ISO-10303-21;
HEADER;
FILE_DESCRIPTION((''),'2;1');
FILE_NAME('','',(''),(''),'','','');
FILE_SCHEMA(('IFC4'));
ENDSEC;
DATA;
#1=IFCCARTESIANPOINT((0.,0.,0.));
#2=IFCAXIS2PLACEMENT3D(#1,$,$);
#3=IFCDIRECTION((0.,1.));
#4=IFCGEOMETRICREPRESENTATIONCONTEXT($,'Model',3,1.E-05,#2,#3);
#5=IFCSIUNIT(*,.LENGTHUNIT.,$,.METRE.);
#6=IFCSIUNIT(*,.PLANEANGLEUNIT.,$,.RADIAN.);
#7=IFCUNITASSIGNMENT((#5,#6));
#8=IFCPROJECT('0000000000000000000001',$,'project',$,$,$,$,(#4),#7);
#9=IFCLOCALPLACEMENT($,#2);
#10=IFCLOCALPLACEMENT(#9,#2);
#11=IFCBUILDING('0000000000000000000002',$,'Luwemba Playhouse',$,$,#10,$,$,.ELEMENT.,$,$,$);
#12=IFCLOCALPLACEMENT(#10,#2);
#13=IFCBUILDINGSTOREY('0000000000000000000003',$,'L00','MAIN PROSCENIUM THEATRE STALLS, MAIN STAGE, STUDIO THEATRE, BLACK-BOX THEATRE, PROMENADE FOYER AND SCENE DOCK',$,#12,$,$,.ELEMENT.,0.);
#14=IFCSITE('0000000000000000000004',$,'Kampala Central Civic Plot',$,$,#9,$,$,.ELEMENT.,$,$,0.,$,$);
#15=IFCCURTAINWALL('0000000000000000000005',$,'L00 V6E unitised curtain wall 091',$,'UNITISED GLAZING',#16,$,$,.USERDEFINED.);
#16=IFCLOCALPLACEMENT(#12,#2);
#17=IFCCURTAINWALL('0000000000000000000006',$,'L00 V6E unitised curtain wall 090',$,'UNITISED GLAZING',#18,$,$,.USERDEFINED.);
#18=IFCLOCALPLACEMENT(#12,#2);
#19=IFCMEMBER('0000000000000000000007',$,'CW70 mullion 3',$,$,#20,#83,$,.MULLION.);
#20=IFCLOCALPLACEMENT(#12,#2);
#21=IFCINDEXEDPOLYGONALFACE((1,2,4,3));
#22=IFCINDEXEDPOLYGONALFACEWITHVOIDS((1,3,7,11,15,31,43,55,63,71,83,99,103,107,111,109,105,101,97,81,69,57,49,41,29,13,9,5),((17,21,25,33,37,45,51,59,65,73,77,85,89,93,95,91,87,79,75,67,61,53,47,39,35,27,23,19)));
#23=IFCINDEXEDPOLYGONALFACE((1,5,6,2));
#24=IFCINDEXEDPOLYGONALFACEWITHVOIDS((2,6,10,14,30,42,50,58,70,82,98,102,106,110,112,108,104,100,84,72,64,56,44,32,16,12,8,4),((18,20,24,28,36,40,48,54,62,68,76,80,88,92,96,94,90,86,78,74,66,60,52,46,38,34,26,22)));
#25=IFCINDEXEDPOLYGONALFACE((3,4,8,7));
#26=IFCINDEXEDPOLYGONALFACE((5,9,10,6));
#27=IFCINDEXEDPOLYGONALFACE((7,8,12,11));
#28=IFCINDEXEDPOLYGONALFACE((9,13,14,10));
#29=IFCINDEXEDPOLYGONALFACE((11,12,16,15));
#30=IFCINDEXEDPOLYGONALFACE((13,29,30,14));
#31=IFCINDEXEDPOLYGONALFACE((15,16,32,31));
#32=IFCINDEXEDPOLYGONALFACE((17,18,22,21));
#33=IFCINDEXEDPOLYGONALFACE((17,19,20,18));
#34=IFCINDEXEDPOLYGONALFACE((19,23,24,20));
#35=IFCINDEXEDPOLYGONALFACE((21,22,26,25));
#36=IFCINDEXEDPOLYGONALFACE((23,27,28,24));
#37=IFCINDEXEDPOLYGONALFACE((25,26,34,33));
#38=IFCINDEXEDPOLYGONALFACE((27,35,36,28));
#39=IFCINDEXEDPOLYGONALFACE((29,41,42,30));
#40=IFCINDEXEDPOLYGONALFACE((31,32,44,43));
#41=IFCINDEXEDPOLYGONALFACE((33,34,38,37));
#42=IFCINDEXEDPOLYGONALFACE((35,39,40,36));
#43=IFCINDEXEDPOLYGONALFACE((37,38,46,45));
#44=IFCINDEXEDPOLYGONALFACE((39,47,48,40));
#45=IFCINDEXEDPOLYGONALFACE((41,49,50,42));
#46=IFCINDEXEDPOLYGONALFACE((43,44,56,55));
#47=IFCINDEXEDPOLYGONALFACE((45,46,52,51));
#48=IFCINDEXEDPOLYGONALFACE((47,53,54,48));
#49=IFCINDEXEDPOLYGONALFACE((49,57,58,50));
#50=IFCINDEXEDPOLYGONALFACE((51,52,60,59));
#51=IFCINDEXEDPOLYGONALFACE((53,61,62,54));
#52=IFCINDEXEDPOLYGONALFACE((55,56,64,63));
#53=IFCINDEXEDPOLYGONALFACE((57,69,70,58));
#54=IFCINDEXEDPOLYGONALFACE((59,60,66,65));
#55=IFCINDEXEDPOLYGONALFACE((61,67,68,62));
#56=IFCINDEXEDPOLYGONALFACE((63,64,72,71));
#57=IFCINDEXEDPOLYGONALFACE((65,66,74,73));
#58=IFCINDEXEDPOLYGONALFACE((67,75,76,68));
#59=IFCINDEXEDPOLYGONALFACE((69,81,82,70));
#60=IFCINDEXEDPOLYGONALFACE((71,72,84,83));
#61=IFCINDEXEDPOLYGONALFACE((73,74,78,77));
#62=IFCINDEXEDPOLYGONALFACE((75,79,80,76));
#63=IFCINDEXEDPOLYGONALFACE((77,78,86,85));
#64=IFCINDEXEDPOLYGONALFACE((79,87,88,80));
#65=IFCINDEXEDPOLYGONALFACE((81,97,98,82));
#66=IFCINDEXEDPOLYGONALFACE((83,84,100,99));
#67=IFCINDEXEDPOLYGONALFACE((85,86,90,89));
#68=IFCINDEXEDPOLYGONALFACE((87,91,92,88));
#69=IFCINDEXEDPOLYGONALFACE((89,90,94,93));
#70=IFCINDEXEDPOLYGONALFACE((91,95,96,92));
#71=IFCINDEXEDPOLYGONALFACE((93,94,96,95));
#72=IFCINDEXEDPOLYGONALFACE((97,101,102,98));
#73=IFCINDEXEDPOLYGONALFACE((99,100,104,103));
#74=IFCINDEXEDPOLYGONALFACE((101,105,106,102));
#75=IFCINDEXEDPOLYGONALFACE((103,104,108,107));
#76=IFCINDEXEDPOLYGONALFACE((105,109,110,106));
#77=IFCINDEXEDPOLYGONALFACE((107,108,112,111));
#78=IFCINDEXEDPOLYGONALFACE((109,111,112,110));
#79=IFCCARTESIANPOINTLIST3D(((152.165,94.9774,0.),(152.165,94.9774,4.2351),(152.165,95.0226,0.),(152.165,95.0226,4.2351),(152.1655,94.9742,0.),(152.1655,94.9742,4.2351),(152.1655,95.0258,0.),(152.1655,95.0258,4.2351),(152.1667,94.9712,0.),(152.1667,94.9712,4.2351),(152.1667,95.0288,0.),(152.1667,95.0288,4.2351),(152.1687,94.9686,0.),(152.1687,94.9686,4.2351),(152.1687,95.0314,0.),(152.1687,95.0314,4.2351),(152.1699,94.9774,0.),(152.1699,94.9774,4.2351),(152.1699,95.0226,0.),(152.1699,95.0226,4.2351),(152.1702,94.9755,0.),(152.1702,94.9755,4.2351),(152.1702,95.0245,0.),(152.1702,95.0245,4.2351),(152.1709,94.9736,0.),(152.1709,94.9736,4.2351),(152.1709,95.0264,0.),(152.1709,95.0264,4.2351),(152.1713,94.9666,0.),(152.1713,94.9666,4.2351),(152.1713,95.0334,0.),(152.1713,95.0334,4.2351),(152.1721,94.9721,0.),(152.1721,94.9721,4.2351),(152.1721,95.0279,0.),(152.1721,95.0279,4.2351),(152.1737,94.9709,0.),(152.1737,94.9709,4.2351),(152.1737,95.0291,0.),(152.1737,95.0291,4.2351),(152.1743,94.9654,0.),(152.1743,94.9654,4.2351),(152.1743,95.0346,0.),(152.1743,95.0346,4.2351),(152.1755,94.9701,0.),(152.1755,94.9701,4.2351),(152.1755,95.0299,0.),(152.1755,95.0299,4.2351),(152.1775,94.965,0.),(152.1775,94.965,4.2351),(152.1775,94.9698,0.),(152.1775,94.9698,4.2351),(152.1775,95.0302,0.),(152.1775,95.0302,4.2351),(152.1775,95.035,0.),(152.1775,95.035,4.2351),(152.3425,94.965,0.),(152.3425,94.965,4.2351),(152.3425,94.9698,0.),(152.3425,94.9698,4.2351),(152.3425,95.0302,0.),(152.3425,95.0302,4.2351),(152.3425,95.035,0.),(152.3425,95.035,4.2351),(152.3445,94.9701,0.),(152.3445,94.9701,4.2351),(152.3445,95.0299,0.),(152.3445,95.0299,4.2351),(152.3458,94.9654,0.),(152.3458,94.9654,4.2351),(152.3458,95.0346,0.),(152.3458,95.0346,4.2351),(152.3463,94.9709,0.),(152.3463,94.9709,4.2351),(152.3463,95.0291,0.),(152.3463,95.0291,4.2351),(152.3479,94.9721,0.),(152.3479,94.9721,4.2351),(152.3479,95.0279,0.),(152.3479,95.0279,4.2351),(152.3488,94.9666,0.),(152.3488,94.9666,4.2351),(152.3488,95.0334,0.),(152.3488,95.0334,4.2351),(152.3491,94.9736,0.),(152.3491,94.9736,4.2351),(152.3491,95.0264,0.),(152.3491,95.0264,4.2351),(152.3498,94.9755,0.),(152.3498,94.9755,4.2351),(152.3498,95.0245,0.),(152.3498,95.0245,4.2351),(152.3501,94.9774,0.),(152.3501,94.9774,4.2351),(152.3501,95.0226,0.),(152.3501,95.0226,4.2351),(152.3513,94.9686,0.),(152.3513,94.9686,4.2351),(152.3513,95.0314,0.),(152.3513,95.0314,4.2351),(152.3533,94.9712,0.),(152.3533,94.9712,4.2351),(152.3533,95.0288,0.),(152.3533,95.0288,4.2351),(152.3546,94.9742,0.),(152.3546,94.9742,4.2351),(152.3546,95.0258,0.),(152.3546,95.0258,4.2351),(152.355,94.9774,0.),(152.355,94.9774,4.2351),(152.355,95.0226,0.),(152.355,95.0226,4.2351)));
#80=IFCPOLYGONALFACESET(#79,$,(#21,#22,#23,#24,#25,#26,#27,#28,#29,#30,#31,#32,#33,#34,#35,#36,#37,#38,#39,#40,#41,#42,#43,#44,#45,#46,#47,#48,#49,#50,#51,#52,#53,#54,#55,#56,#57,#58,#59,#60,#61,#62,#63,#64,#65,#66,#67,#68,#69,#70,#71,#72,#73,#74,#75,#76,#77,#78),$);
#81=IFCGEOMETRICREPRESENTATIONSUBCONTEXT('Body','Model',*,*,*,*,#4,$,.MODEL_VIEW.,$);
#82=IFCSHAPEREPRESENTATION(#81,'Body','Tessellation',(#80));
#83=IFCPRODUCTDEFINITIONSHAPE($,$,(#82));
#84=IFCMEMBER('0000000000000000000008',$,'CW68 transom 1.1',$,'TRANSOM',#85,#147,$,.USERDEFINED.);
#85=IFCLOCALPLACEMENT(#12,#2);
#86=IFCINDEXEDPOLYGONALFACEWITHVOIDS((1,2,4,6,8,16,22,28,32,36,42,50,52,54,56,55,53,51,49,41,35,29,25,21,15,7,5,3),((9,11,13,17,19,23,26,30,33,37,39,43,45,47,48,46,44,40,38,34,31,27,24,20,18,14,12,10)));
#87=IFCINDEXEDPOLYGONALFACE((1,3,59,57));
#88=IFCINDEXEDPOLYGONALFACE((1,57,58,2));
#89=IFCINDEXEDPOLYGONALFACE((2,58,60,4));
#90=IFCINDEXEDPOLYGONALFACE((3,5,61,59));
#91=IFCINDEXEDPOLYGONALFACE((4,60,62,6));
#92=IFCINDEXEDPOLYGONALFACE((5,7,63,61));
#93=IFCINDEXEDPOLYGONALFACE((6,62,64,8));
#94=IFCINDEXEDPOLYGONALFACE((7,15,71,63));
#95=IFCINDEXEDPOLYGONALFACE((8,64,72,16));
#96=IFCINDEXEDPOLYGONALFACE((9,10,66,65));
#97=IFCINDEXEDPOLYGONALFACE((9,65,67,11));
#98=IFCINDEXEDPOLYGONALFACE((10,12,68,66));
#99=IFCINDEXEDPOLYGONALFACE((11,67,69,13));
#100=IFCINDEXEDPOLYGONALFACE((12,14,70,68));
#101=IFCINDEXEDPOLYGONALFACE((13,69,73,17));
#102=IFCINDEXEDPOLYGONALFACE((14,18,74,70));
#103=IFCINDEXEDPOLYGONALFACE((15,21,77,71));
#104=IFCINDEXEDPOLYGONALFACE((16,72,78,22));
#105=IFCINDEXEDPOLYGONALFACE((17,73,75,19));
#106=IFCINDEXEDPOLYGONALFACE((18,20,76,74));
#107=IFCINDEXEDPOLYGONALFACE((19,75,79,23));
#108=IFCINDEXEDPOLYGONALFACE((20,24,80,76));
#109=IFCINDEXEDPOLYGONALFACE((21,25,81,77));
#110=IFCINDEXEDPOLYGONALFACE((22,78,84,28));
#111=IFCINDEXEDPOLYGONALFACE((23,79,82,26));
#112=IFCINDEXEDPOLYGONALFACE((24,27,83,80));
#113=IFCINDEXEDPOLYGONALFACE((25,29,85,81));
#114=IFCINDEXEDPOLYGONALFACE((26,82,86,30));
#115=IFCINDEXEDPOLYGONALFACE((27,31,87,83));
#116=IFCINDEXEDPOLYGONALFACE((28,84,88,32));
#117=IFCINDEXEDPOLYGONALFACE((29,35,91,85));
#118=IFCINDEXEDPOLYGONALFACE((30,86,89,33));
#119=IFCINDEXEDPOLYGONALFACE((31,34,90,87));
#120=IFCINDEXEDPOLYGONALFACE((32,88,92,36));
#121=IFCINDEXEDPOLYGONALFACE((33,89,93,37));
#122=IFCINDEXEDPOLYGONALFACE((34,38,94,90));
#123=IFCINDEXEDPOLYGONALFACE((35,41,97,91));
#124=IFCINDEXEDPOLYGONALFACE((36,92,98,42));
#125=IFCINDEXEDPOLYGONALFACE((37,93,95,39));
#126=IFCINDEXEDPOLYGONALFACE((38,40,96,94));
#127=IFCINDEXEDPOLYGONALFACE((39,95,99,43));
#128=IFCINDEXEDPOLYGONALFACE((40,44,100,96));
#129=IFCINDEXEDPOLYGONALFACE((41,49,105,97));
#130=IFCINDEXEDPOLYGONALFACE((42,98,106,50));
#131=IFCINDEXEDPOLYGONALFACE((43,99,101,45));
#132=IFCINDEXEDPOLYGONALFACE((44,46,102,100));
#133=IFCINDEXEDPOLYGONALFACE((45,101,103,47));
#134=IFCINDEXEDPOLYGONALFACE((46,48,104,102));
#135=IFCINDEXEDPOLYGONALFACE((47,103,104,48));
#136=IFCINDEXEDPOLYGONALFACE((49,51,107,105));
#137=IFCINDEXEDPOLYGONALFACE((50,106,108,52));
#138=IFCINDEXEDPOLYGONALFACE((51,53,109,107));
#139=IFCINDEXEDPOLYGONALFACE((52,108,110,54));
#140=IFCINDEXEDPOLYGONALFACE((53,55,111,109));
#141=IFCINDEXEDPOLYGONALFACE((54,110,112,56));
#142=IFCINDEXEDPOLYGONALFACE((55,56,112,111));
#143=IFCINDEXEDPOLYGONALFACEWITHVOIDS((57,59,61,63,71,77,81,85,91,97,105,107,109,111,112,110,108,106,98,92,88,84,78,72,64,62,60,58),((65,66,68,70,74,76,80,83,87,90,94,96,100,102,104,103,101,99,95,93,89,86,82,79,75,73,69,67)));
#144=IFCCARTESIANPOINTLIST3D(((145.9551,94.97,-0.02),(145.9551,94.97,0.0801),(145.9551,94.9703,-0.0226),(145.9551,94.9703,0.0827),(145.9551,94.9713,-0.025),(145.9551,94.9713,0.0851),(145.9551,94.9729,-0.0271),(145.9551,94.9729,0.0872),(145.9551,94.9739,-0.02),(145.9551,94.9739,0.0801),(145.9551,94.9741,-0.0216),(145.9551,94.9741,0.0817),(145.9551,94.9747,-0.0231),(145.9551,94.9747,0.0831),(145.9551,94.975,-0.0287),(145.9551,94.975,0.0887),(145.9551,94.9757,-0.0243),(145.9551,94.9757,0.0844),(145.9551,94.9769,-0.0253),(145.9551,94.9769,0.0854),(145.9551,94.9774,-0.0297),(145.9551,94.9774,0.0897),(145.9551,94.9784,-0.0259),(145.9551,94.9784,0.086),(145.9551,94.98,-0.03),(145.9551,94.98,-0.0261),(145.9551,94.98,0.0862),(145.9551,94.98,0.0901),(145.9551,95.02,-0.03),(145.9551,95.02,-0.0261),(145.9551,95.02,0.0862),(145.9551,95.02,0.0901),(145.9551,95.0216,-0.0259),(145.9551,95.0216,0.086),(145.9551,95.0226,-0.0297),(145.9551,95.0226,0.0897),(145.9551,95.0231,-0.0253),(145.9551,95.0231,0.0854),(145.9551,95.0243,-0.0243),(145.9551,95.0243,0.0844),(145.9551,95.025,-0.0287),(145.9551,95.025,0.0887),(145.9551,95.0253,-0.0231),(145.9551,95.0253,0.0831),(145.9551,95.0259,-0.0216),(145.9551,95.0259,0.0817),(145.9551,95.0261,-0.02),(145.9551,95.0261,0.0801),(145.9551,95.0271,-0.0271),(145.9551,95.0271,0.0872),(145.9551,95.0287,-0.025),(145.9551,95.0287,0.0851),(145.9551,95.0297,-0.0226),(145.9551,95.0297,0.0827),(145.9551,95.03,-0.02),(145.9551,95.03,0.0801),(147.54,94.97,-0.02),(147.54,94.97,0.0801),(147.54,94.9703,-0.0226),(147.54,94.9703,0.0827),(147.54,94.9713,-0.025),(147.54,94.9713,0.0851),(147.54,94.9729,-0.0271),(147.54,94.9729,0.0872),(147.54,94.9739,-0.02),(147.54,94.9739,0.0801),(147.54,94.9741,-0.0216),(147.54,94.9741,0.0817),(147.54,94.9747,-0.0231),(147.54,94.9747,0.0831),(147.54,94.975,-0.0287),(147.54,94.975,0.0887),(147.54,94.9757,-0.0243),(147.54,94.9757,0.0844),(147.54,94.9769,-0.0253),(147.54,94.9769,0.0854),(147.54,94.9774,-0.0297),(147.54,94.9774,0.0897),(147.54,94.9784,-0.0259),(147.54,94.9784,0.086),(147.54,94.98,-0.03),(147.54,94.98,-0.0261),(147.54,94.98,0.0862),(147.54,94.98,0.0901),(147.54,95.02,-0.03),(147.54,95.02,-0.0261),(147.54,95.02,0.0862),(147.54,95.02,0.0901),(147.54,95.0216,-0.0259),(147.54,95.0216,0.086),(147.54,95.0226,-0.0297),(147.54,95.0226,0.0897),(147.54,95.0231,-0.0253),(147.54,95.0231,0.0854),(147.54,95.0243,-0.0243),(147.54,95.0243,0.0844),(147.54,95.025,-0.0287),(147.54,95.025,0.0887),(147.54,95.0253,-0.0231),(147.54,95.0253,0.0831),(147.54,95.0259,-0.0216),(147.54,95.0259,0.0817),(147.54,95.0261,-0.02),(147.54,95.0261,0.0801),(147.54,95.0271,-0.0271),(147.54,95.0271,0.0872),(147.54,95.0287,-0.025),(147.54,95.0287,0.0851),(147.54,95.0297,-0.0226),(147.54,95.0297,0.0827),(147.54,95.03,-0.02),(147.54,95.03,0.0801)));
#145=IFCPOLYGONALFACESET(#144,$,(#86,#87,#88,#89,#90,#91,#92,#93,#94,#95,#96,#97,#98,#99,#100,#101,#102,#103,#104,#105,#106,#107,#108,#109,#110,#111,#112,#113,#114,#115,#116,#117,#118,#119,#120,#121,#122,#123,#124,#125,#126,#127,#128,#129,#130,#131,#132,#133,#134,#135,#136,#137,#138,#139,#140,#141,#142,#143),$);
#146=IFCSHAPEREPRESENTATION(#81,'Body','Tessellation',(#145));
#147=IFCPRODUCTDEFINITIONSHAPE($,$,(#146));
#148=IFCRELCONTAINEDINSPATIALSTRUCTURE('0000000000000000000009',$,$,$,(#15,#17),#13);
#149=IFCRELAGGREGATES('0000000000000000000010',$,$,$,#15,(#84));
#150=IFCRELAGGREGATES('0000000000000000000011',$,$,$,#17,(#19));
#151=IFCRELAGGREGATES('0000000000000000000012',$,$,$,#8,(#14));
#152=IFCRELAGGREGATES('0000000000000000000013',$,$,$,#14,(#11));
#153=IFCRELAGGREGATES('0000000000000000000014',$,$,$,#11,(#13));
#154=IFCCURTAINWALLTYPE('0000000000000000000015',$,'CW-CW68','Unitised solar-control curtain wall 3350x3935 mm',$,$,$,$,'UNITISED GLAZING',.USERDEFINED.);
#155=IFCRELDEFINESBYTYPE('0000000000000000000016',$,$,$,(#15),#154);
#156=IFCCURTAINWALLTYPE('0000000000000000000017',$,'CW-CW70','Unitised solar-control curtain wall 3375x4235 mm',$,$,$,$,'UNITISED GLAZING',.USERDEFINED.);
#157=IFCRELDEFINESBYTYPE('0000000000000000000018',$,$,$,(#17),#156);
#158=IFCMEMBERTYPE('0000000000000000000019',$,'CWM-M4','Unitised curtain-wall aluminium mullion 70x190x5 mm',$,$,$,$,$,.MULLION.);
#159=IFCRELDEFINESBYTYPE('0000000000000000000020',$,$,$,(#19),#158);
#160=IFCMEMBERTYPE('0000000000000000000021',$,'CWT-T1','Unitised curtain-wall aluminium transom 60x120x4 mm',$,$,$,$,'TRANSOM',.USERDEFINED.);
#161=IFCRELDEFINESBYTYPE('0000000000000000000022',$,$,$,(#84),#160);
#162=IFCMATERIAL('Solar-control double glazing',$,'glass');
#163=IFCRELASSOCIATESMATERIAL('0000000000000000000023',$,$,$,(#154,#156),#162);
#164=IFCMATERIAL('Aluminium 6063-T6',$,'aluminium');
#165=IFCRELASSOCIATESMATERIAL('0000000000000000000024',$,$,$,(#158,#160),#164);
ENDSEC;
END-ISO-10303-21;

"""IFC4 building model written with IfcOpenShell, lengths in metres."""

from ifc_helpers import new_model, si_unit, direction, frame, origin, origin_2d, place, context, subcontext, project, spatial, hollow_rectangle, extrude, material, material_profile, profile_set, type_object, element, aggregate, save


model = new_model("IFC4")

# Units and contexts
model_context = context("Model", 3, precision=1e-05, world=origin(), true_north=direction((0.0, 1.0)))
body_context = subcontext(model_context, "Body", "Model", "MODEL_VIEW")
ifc_project = project(units=[si_unit("LENGTHUNIT", "METRE"), si_unit("PLANEANGLEUNIT", "RADIAN")], contexts=[model_context])

# Site, building, storey
site_placement = place(None, origin())
site = spatial("IfcSite", under=ifc_project, at=site_placement, Name="Kampala Central Civic Plot", CompositionType="ELEMENT", RefElevation=0.0)
building_placement = place(site_placement, origin())
building = spatial("IfcBuilding", under=site, at=building_placement, Name="Luwemba Playhouse", CompositionType="ELEMENT")
storey_placement = place(building_placement, origin())
storey = spatial("IfcBuildingStorey", under=building, at=storey_placement, Name="L00", Description="MAIN PROSCENIUM THEATRE STALLS, MAIN STAGE, STUDIO THEATRE, BLACK-BOX THEATRE, PROMENADE FOYER AND SCENE DOCK", CompositionType="ELEMENT", Elevation=0.0)

# Curtain wall
ifc_material_1 = material(Name="Solar-control double glazing", Category="glass")
curtain_wall_type_1 = type_object("IfcCurtainWallType", Name="CW-CW68", Description="Unitised solar-control curtain wall 3350x3935 mm", ElementType="UNITISED GLAZING", PredefinedType="USERDEFINED", material=ifc_material_1)
curtain_wall_1_placement = place(storey_placement, origin())
curtain_wall_1 = element("IfcCurtainWall", 1, at=curtain_wall_1_placement, inside=storey, type_object=curtain_wall_type_1, Name="L00 V6E unitised curtain wall 091", ObjectType="UNITISED GLAZING", PredefinedType="USERDEFINED")
ifc_material_2 = material(Name="Aluminium 6063-T6", Category="aluminium")

# Curtain wall, member
curtain_wall_type_2 = type_object("IfcCurtainWallType", Name="CW-CW70", Description="Unitised solar-control curtain wall 3375x4235 mm", ElementType="UNITISED GLAZING", PredefinedType="USERDEFINED", material=ifc_material_1)
curtain_wall_2_placement = place(storey_placement, origin())
curtain_wall_2 = element("IfcCurtainWall", 2, at=curtain_wall_2_placement, inside=storey, type_object=curtain_wall_type_2, Name="L00 V6E unitised curtain wall 090", ObjectType="UNITISED GLAZING", PredefinedType="USERDEFINED")
ifc_material_profile_1 = material_profile(ifc_material_2, hollow_rectangle(XDim=0.0701, YDim=0.1899, WallThickness=0.0049, InnerFilletRadius=0.0076, OuterFilletRadius=0.0125, at=origin_2d()))
ifc_profile_set_1 = profile_set([ifc_material_profile_1], Name="Aluminium 6063-T6")
member_type_1 = type_object("IfcMemberType", Name="CWM-M4", Description="Unitised curtain-wall aluminium mullion 70x190x5 mm", PredefinedType="MULLION", material=ifc_profile_set_1)
member_1_placement = place(storey_placement, frame((152.26, 95.0, 0.0), z_axis=(0.0, 0.0, 1.0), x_axis=(0.0, -1.0, 0.0)))
member_1 = element("IfcMember", 3, at=member_1_placement, type_object=member_type_1, Name="CW70 mullion 3", PredefinedType="MULLION", context=body_context, shape_type="SweptSolid", body=[
    extrude(hollow_rectangle(XDim=0.0701, YDim=0.1899, WallThickness=0.0049, InnerFilletRadius=0.0076, OuterFilletRadius=0.0125, at=origin_2d()), origin(), (0.0, 0.0, 1.0), 4.2351),
])

# Member
ifc_material_profile_2 = material_profile(ifc_material_2, hollow_rectangle(XDim=0.0601, YDim=0.1201, WallThickness=0.0039, InnerFilletRadius=0.0061, OuterFilletRadius=0.01, at=origin_2d()))
ifc_profile_set_2 = profile_set([ifc_material_profile_2], Name="Aluminium 6063-T6")
member_type_2 = type_object("IfcMemberType", Name="CWT-T1", Description="Unitised curtain-wall aluminium transom 60x120x4 mm", ElementType="TRANSOM", PredefinedType="USERDEFINED", material=ifc_profile_set_2)
member_2_placement = place(storey_placement, frame((147.54, 95.0, 0.03), z_axis=(-1.0, 0.0, 0.0), x_axis=(0.0, -1.0, 0.0)))
member_2 = element("IfcMember", 4, at=member_2_placement, type_object=member_type_2, Name="CW68 transom 1.1", ObjectType="TRANSOM", PredefinedType="USERDEFINED", context=body_context, shape_type="SweptSolid", body=[
    extrude(hollow_rectangle(XDim=0.0601, YDim=0.1201, WallThickness=0.0039, InnerFilletRadius=0.0061, OuterFilletRadius=0.01, at=origin_2d()), origin(), (0.0, 0.0, 1.0), 1.585),
])

aggregate(curtain_wall_1, [member_2])
aggregate(curtain_wall_2, [member_1])

save(model, "model.ifc")
